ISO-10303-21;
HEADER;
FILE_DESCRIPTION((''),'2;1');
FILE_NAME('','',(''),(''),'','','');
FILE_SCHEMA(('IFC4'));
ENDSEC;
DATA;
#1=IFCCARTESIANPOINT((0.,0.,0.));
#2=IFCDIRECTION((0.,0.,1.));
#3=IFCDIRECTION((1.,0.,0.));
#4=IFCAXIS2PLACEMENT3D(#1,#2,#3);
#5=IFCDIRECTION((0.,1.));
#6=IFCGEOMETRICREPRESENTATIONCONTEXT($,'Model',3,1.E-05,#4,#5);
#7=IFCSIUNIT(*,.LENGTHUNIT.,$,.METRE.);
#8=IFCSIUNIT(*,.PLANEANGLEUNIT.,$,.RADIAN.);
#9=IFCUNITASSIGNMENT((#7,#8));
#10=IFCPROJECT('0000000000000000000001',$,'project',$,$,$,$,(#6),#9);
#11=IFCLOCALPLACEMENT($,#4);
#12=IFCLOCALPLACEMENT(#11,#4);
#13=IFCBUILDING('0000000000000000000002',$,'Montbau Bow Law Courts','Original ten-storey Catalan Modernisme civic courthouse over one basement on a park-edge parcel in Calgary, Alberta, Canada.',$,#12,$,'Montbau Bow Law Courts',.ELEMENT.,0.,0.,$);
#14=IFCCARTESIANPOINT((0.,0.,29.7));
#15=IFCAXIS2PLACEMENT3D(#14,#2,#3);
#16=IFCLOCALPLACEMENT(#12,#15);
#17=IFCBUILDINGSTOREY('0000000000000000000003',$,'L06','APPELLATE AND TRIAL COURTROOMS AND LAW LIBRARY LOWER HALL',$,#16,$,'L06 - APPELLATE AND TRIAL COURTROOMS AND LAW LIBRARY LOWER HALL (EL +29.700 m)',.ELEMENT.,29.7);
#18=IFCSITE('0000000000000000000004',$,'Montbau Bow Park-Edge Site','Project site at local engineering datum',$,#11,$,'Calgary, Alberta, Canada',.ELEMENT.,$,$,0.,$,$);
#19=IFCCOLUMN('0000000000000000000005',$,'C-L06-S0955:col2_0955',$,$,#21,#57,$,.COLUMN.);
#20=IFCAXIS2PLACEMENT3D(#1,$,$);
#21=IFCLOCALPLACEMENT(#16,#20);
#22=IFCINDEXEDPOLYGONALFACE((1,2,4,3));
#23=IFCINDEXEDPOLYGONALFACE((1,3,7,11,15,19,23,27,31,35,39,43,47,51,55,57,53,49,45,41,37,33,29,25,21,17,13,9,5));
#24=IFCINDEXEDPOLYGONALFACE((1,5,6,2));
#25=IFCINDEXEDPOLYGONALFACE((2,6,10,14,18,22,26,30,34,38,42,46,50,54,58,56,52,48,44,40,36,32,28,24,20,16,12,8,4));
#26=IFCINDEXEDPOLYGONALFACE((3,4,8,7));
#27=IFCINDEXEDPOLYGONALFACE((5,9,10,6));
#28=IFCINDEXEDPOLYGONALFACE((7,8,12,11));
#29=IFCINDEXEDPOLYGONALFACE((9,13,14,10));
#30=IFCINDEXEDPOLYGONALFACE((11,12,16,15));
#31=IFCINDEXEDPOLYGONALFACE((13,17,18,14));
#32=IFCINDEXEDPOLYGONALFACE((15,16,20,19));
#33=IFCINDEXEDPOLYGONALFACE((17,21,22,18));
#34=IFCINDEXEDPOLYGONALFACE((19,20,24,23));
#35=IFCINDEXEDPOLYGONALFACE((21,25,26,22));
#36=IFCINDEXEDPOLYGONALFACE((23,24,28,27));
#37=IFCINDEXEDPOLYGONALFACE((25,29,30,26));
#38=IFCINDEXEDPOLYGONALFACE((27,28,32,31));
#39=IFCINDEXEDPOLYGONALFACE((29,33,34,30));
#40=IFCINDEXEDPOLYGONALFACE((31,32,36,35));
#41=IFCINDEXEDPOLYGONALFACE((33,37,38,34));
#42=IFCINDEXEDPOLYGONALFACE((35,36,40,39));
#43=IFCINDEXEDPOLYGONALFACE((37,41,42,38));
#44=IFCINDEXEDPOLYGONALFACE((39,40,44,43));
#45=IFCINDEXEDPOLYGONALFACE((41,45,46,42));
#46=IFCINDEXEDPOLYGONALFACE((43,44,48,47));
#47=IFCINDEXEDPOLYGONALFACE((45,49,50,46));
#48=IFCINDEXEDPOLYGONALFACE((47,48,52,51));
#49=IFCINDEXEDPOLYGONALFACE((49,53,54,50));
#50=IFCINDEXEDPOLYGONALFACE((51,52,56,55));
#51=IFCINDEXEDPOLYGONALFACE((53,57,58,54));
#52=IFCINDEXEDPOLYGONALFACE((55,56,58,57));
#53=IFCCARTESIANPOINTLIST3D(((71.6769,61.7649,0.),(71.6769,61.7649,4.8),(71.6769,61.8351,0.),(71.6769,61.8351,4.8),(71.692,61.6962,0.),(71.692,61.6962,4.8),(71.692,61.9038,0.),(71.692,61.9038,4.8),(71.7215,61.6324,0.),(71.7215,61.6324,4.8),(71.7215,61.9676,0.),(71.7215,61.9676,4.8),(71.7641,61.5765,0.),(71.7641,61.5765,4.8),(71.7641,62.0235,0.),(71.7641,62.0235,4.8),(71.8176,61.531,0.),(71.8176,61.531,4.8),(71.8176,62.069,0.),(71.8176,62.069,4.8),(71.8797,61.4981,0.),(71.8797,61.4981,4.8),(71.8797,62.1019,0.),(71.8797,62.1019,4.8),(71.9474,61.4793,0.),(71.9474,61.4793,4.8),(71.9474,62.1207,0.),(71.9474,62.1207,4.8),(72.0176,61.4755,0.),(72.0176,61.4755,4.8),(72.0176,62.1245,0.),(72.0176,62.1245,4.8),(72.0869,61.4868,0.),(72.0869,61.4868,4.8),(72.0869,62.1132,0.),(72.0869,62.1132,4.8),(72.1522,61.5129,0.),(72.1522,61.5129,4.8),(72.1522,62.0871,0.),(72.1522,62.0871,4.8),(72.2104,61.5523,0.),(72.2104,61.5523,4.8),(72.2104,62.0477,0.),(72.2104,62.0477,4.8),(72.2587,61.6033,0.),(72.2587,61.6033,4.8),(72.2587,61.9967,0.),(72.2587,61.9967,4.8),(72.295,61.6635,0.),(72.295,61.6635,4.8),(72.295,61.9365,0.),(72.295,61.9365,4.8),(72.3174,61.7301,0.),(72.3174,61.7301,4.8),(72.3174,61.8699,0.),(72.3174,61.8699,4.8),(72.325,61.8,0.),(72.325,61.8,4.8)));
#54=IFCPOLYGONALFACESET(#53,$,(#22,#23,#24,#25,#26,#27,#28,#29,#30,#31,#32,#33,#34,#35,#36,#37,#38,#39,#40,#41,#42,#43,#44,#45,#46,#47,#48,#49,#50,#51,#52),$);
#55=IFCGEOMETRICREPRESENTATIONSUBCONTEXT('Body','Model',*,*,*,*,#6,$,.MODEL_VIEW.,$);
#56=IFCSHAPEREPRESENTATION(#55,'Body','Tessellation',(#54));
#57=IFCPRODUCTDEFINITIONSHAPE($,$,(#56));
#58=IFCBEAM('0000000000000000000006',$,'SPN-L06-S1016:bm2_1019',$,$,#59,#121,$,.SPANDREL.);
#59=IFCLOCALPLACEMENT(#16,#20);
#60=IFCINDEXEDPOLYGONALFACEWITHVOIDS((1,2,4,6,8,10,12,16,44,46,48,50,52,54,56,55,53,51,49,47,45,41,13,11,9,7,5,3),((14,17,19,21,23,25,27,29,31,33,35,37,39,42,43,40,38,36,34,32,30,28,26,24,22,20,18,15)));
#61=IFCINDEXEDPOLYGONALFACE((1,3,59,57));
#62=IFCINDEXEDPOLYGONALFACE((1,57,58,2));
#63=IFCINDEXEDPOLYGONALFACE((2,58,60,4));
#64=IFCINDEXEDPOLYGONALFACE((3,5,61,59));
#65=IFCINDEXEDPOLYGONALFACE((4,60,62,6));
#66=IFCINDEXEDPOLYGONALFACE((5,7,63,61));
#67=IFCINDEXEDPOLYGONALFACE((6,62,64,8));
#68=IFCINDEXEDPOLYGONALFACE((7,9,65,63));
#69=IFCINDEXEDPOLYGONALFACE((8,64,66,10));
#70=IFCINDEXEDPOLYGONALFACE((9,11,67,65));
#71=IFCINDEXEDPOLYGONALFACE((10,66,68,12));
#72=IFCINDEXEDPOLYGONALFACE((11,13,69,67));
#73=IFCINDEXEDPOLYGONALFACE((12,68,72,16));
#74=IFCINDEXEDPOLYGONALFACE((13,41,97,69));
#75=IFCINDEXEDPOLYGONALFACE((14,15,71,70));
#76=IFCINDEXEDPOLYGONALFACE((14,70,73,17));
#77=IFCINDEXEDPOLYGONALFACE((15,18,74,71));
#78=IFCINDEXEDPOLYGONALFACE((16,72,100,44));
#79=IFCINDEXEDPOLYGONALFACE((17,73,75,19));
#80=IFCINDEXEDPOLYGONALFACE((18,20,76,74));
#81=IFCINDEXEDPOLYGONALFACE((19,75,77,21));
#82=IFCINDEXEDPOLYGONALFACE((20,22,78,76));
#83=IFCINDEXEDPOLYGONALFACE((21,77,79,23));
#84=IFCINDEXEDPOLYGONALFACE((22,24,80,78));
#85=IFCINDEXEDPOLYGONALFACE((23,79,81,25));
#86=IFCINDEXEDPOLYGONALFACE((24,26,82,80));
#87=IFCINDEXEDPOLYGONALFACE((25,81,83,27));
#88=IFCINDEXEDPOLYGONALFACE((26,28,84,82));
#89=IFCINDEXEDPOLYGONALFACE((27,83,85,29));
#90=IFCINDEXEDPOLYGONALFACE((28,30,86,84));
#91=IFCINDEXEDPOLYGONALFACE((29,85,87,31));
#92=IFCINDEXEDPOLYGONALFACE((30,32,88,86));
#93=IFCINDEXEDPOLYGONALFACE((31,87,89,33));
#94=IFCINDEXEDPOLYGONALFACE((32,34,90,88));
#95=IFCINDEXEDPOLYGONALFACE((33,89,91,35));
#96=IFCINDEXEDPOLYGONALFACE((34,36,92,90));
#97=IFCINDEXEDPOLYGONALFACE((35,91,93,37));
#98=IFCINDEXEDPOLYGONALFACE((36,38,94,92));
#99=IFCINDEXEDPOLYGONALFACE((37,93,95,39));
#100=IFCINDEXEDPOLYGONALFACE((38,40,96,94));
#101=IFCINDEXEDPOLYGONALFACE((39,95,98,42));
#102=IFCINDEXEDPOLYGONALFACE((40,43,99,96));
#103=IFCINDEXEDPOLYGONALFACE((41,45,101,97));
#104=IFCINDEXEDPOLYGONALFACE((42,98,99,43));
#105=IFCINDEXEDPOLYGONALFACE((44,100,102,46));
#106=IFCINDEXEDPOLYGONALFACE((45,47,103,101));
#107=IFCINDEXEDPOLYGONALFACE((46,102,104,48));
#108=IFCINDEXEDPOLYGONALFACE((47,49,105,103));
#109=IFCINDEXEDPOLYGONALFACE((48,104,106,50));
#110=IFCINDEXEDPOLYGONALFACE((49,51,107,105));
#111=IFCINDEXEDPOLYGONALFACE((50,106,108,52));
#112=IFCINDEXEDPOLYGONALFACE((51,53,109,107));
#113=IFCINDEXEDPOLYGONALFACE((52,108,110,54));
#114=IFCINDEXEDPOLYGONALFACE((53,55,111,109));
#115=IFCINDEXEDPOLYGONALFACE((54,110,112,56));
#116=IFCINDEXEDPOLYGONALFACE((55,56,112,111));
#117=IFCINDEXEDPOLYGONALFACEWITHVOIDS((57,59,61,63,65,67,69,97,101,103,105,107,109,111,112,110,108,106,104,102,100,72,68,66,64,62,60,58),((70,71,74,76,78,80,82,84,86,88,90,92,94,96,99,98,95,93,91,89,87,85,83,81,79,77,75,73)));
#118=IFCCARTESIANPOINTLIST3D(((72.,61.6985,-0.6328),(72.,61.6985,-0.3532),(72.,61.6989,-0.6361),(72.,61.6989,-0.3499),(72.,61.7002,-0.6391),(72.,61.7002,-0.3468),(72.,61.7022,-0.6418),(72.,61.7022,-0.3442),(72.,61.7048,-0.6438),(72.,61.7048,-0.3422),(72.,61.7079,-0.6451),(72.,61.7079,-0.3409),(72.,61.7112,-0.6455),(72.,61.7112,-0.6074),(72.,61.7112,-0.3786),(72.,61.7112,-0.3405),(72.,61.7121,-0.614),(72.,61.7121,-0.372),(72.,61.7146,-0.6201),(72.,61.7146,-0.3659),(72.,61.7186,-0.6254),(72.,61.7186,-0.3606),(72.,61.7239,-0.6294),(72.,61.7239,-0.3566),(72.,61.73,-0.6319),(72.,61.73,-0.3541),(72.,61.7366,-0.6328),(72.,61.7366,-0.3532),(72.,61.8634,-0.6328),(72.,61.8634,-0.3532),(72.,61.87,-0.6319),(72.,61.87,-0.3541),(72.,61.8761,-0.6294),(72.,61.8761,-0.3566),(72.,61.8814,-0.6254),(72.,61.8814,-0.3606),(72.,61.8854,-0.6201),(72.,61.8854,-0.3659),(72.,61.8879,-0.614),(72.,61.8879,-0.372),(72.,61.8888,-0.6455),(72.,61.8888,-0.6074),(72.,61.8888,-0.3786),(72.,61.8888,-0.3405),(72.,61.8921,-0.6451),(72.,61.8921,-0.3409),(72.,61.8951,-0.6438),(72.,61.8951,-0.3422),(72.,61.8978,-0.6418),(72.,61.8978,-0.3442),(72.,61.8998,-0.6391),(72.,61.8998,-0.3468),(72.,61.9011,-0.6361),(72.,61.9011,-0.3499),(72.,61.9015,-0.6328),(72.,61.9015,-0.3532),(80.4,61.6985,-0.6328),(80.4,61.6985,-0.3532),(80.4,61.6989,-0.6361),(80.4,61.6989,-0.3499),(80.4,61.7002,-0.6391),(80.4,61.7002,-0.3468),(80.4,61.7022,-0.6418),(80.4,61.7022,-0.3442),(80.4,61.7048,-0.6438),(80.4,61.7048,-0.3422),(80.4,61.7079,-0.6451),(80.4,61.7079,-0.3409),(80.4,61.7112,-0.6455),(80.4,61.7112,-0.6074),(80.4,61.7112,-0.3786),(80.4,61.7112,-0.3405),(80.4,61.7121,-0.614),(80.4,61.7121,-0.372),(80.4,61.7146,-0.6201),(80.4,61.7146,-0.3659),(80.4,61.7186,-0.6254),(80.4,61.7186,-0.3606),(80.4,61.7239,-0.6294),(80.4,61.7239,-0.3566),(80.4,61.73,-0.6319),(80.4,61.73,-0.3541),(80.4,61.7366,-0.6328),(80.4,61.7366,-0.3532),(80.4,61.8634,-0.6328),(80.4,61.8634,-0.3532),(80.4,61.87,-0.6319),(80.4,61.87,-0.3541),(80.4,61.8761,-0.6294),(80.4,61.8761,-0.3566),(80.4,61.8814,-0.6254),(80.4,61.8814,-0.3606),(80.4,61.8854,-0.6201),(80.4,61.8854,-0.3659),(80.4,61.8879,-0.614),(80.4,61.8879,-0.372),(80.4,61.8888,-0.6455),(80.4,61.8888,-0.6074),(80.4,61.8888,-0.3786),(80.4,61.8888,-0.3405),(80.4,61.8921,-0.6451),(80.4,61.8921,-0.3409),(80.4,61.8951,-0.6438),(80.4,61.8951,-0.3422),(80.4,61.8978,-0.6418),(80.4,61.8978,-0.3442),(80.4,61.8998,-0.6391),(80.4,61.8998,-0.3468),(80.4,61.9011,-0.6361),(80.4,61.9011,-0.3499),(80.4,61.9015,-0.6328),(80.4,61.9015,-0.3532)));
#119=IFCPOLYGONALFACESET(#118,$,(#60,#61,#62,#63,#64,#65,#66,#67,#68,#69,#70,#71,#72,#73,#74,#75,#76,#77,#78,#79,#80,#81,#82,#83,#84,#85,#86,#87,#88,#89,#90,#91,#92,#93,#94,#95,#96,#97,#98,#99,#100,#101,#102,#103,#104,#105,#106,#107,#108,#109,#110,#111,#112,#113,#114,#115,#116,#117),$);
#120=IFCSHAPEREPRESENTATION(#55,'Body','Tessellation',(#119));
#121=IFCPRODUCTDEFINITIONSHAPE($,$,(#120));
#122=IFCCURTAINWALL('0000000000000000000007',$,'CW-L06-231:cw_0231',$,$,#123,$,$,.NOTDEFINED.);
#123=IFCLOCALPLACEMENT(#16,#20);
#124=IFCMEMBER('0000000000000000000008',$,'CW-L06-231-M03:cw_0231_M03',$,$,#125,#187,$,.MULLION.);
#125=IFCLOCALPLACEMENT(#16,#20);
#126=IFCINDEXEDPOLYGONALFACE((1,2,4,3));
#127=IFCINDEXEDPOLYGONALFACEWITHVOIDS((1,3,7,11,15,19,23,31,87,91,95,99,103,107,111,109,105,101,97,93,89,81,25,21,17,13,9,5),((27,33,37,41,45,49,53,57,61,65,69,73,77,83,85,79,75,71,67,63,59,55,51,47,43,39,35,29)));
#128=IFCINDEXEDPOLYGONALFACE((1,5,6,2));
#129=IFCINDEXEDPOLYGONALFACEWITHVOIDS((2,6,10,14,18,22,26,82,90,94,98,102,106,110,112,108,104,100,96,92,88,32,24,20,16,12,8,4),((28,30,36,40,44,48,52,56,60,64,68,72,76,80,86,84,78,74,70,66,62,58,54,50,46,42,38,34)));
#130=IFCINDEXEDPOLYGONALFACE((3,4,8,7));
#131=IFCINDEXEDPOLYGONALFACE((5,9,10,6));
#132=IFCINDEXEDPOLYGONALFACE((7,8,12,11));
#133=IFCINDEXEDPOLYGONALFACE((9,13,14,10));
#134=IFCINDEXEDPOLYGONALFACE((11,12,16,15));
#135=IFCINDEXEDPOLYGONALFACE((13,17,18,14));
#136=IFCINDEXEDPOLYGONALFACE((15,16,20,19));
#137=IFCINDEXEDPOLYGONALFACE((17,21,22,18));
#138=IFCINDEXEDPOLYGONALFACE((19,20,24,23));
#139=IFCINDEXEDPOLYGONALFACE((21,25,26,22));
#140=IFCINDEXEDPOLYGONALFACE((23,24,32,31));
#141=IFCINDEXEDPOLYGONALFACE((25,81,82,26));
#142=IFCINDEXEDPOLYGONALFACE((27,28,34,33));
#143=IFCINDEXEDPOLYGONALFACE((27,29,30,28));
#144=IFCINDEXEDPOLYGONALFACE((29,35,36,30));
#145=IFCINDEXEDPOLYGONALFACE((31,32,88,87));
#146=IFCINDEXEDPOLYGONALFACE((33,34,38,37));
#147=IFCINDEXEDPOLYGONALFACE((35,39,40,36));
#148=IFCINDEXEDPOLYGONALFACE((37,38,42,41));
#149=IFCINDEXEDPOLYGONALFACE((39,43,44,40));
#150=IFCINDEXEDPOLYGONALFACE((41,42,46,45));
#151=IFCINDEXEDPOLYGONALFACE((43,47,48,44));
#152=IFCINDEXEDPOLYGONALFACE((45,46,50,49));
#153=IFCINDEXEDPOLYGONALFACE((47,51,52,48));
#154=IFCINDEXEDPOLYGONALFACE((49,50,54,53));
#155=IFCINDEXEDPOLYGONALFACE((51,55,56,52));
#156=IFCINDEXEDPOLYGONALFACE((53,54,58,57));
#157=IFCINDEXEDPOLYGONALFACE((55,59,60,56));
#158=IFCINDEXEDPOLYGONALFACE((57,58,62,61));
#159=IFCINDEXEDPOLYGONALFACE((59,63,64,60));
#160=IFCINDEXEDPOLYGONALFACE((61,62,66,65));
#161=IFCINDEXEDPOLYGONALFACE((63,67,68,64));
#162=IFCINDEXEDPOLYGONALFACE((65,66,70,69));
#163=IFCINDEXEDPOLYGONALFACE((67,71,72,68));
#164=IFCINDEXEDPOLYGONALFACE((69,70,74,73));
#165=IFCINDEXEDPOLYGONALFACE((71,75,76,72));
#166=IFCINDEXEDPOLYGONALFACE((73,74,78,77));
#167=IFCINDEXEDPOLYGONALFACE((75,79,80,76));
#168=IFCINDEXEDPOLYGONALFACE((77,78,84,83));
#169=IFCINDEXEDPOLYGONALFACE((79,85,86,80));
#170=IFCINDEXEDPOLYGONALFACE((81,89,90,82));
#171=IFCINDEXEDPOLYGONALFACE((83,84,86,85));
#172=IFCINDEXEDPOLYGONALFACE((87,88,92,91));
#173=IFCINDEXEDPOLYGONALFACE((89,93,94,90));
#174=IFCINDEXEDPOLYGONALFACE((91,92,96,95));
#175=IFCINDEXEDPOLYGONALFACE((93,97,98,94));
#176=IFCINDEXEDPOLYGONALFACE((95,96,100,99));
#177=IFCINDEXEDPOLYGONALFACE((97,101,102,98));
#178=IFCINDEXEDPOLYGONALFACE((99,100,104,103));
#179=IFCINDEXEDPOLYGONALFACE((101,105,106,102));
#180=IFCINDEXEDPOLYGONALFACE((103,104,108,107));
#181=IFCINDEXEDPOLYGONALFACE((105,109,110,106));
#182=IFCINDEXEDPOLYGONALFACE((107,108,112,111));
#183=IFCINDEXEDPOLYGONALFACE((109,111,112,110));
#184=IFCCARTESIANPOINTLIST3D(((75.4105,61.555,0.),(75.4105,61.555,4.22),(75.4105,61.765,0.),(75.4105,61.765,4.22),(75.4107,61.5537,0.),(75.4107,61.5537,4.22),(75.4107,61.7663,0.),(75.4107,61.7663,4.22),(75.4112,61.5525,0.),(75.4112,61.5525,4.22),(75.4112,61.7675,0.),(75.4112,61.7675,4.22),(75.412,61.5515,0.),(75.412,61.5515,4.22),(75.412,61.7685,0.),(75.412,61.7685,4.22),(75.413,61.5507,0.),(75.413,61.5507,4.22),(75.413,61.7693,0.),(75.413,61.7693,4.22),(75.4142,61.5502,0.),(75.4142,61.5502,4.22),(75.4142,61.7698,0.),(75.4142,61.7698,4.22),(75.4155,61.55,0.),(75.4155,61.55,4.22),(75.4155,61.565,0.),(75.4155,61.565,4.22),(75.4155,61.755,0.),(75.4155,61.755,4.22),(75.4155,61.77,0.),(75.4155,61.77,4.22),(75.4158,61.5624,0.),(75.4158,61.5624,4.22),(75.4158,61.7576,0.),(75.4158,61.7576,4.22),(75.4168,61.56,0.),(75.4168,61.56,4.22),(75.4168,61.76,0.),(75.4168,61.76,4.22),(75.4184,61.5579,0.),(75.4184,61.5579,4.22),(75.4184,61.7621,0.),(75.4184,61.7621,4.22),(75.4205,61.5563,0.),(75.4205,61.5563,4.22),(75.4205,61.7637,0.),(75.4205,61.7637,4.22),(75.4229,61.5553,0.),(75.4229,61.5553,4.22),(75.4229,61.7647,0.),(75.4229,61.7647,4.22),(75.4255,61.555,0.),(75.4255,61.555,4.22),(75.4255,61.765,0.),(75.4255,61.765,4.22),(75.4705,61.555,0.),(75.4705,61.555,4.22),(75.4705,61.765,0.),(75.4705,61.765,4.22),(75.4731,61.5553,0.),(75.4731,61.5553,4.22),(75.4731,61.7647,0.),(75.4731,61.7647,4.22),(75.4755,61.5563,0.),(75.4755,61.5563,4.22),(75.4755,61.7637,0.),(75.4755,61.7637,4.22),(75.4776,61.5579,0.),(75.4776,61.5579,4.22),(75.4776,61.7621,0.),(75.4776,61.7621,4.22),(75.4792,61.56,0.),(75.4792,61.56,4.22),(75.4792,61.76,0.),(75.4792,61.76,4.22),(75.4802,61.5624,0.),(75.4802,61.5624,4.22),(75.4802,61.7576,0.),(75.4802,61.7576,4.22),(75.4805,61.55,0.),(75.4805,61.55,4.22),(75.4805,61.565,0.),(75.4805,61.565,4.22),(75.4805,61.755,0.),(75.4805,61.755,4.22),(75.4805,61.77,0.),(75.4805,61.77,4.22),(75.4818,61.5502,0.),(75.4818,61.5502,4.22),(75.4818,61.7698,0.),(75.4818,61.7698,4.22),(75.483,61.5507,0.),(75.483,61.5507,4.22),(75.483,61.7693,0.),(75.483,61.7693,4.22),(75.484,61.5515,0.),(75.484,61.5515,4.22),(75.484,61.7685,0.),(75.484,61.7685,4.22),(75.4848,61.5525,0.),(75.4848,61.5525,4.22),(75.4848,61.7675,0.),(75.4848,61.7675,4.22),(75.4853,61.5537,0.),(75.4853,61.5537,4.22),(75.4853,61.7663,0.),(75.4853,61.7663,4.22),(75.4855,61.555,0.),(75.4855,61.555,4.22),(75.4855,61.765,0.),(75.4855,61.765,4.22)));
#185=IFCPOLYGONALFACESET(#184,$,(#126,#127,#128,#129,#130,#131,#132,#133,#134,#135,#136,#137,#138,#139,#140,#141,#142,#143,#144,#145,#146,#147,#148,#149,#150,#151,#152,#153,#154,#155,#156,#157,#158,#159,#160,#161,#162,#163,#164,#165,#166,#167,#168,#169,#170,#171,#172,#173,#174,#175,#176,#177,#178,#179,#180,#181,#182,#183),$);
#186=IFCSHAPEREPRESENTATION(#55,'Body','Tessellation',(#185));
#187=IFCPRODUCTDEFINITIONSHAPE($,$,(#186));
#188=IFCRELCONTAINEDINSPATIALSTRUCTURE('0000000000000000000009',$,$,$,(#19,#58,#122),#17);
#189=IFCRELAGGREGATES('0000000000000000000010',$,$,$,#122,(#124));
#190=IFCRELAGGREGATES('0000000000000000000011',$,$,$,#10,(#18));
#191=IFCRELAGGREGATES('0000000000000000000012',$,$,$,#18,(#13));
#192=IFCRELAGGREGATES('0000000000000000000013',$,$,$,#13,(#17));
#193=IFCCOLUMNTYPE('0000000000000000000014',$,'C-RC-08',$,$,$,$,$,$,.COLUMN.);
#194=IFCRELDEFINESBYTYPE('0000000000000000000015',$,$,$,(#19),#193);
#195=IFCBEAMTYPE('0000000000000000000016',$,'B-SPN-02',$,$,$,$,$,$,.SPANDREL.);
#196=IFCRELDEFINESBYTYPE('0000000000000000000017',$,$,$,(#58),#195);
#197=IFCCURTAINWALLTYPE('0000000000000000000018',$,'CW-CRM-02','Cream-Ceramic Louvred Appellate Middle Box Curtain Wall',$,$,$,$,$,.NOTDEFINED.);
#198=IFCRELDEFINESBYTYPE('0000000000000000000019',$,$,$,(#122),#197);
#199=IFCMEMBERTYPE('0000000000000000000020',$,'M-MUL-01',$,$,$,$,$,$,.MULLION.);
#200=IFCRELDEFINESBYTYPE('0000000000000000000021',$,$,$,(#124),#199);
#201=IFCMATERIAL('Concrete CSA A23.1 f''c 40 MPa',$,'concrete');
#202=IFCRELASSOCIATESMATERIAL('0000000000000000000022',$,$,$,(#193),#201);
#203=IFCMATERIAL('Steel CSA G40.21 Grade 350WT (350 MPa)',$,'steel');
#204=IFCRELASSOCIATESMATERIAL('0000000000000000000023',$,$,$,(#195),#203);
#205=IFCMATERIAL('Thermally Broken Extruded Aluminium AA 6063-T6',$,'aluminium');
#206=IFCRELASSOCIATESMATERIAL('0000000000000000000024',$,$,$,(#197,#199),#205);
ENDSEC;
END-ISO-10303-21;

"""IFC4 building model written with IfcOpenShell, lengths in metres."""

from ifc_helpers import new_model, si_unit, direction, frame, origin_with_axes, origin_2d_with_axis, place, context, subcontext, project, spatial, hollow_rectangle, circle, extrude, material, material_profile, profile_set, type_object, element, aggregate, save


model = new_model("IFC4")

# Units and contexts
model_context = context("Model", 3, precision=1e-05, world=origin_with_axes(), true_north=direction((0.0, 1.0)))
body_context = subcontext(model_context, "Body", "Model", "MODEL_VIEW")
ifc_project = project(units=[si_unit("LENGTHUNIT", "METRE"), si_unit("PLANEANGLEUNIT", "RADIAN")], contexts=[model_context])

# Site, building, storey
site_placement = place(None, origin_with_axes())
site = spatial("IfcSite", under=ifc_project, at=site_placement, Name="Montbau Bow Park-Edge Site", Description="Project site at local engineering datum", LongName="Calgary, Alberta, Canada", CompositionType="ELEMENT", RefElevation=0.0)
building_placement = place(site_placement, origin_with_axes())
building = spatial("IfcBuilding", under=site, at=building_placement, Name="Montbau Bow Law Courts", Description="Original ten-storey Catalan Modernisme civic courthouse over one basement on a park-edge parcel in Calgary, Alberta, Canada.", LongName="Montbau Bow Law Courts", CompositionType="ELEMENT", ElevationOfRefHeight=0.0, ElevationOfTerrain=0.0)
storey_placement = place(building_placement, frame((0.0, 0.0, 29.7), z_axis=(0.0, 0.0, 1.0), x_axis=(1.0, 0.0, 0.0)))
storey = spatial("IfcBuildingStorey", under=building, at=storey_placement, Name="L06", Description="APPELLATE AND TRIAL COURTROOMS AND LAW LIBRARY LOWER HALL", LongName="L06 - APPELLATE AND TRIAL COURTROOMS AND LAW LIBRARY LOWER HALL (EL +29.700 m)", CompositionType="ELEMENT", Elevation=29.7)

# Column
ifc_material_1 = material(Name="Concrete CSA A23.1 f'c 40 MPa", Category="concrete")
ifc_material_profile_1 = material_profile(ifc_material_1, circle(Radius=0.325, at=origin_2d_with_axis()), Name="RC650D", Category="Main", Priority=0)
ifc_profile_set_1 = profile_set([ifc_material_profile_1], Name="Concrete CSA A23.1 f'c 40 MPa")
column_type = type_object("IfcColumnType", Name="C-RC-08", PredefinedType="COLUMN", material=ifc_profile_set_1)
column_placement = place(None, frame((72.0, 61.8, 29.7), z_axis=(0.0, 0.0, 1.0), x_axis=(1.0, 0.0, 0.0)))
element("IfcColumn", 1, at=column_placement, inside=storey, type_object=column_type, Name="C-L06-S0955:col2_0955", PredefinedType="COLUMN", context=body_context, shape_type="SweptSolid", body=[
    extrude(circle(Radius=0.325, at=origin_2d_with_axis()), origin_with_axes(), (0.0, 0.0, 1.0), 4.8),
])

# Beam
ifc_material_2 = material(Name="Steel CSA G40.21 Grade 350WT (350 MPa)", Category="steel")
ifc_material_profile_2 = material_profile(ifc_material_2, hollow_rectangle(XDim=0.203, YDim=0.305, WallThickness=0.0127, InnerFilletRadius=0.0254, OuterFilletRadius=0.0127, at=origin_2d_with_axis()), Name="HSS305X203X13", Category="Main", Priority=0)
ifc_profile_set_2 = profile_set([ifc_material_profile_2], Name="Steel CSA G40.21 Grade 350WT (350 MPa)")
beam_type = type_object("IfcBeamType", Name="B-SPN-02", PredefinedType="SPANDREL", material=ifc_profile_set_2)
beam_placement = place(None, frame((72.0, 61.8, 29.207), z_axis=(1.0, 0.0, 0.0), x_axis=(0.0, 1.0, 0.0)))
element("IfcBeam", 2, at=beam_placement, inside=storey, type_object=beam_type, Name="SPN-L06-S1016:bm2_1019", PredefinedType="SPANDREL", context=body_context, shape_type="SweptSolid", body=[
    extrude(hollow_rectangle(XDim=0.203, YDim=0.305, WallThickness=0.0127, InnerFilletRadius=0.0254, OuterFilletRadius=0.0127, at=origin_2d_with_axis()), origin_with_axes(), (0.0, 0.0, 1.0), 8.4),
])

# Curtain wall, member
ifc_material_3 = material(Name="Thermally Broken Extruded Aluminium AA 6063-T6", Category="aluminium")
curtain_wall_type = type_object("IfcCurtainWallType", Name="CW-CRM-02", Description="Cream-Ceramic Louvred Appellate Middle Box Curtain Wall", PredefinedType="NOTDEFINED", material=ifc_material_3)
curtain_wall_placement = place(None, frame((72.44, 61.66, 29.7), z_axis=(0.0, 0.0, 1.0), x_axis=(1.0, 0.0, 0.0)))
curtain_wall = element("IfcCurtainWall", 3, at=curtain_wall_placement, inside=storey, type_object=curtain_wall_type, Name="CW-L06-231:cw_0231", PredefinedType="NOTDEFINED")
ifc_material_profile_3 = material_profile(ifc_material_3, hollow_rectangle(XDim=0.075, YDim=0.22, WallThickness=0.005, InnerFilletRadius=0.01, OuterFilletRadius=0.005, at=origin_2d_with_axis()), Name="CWM-220X75", Category="Main", Priority=0)
ifc_profile_set_3 = profile_set([ifc_material_profile_3], Name="Thermally Broken Extruded Aluminium AA 6063-T6")
member_type_1 = type_object("IfcMemberType", Name="M-MUL-01", PredefinedType="MULLION", material=ifc_profile_set_3)
member_1_placement = place(None, frame((75.448, 61.66, 29.7), z_axis=(0.0, 0.0, 1.0), x_axis=(1.0, 0.0, 0.0)))
member_1 = element("IfcMember", 4, at=member_1_placement, type_object=member_type_1, Name="CW-L06-231-M03:cw_0231_M03", PredefinedType="MULLION", context=body_context, shape_type="SweptSolid", body=[
    extrude(hollow_rectangle(XDim=0.075, YDim=0.22, WallThickness=0.005, InnerFilletRadius=0.01, OuterFilletRadius=0.005, at=origin_2d_with_axis()), origin_with_axes(), (0.0, 0.0, 1.0), 4.22),
])
aggregate(curtain_wall, [member_1])

save(model, "model.ifc")
